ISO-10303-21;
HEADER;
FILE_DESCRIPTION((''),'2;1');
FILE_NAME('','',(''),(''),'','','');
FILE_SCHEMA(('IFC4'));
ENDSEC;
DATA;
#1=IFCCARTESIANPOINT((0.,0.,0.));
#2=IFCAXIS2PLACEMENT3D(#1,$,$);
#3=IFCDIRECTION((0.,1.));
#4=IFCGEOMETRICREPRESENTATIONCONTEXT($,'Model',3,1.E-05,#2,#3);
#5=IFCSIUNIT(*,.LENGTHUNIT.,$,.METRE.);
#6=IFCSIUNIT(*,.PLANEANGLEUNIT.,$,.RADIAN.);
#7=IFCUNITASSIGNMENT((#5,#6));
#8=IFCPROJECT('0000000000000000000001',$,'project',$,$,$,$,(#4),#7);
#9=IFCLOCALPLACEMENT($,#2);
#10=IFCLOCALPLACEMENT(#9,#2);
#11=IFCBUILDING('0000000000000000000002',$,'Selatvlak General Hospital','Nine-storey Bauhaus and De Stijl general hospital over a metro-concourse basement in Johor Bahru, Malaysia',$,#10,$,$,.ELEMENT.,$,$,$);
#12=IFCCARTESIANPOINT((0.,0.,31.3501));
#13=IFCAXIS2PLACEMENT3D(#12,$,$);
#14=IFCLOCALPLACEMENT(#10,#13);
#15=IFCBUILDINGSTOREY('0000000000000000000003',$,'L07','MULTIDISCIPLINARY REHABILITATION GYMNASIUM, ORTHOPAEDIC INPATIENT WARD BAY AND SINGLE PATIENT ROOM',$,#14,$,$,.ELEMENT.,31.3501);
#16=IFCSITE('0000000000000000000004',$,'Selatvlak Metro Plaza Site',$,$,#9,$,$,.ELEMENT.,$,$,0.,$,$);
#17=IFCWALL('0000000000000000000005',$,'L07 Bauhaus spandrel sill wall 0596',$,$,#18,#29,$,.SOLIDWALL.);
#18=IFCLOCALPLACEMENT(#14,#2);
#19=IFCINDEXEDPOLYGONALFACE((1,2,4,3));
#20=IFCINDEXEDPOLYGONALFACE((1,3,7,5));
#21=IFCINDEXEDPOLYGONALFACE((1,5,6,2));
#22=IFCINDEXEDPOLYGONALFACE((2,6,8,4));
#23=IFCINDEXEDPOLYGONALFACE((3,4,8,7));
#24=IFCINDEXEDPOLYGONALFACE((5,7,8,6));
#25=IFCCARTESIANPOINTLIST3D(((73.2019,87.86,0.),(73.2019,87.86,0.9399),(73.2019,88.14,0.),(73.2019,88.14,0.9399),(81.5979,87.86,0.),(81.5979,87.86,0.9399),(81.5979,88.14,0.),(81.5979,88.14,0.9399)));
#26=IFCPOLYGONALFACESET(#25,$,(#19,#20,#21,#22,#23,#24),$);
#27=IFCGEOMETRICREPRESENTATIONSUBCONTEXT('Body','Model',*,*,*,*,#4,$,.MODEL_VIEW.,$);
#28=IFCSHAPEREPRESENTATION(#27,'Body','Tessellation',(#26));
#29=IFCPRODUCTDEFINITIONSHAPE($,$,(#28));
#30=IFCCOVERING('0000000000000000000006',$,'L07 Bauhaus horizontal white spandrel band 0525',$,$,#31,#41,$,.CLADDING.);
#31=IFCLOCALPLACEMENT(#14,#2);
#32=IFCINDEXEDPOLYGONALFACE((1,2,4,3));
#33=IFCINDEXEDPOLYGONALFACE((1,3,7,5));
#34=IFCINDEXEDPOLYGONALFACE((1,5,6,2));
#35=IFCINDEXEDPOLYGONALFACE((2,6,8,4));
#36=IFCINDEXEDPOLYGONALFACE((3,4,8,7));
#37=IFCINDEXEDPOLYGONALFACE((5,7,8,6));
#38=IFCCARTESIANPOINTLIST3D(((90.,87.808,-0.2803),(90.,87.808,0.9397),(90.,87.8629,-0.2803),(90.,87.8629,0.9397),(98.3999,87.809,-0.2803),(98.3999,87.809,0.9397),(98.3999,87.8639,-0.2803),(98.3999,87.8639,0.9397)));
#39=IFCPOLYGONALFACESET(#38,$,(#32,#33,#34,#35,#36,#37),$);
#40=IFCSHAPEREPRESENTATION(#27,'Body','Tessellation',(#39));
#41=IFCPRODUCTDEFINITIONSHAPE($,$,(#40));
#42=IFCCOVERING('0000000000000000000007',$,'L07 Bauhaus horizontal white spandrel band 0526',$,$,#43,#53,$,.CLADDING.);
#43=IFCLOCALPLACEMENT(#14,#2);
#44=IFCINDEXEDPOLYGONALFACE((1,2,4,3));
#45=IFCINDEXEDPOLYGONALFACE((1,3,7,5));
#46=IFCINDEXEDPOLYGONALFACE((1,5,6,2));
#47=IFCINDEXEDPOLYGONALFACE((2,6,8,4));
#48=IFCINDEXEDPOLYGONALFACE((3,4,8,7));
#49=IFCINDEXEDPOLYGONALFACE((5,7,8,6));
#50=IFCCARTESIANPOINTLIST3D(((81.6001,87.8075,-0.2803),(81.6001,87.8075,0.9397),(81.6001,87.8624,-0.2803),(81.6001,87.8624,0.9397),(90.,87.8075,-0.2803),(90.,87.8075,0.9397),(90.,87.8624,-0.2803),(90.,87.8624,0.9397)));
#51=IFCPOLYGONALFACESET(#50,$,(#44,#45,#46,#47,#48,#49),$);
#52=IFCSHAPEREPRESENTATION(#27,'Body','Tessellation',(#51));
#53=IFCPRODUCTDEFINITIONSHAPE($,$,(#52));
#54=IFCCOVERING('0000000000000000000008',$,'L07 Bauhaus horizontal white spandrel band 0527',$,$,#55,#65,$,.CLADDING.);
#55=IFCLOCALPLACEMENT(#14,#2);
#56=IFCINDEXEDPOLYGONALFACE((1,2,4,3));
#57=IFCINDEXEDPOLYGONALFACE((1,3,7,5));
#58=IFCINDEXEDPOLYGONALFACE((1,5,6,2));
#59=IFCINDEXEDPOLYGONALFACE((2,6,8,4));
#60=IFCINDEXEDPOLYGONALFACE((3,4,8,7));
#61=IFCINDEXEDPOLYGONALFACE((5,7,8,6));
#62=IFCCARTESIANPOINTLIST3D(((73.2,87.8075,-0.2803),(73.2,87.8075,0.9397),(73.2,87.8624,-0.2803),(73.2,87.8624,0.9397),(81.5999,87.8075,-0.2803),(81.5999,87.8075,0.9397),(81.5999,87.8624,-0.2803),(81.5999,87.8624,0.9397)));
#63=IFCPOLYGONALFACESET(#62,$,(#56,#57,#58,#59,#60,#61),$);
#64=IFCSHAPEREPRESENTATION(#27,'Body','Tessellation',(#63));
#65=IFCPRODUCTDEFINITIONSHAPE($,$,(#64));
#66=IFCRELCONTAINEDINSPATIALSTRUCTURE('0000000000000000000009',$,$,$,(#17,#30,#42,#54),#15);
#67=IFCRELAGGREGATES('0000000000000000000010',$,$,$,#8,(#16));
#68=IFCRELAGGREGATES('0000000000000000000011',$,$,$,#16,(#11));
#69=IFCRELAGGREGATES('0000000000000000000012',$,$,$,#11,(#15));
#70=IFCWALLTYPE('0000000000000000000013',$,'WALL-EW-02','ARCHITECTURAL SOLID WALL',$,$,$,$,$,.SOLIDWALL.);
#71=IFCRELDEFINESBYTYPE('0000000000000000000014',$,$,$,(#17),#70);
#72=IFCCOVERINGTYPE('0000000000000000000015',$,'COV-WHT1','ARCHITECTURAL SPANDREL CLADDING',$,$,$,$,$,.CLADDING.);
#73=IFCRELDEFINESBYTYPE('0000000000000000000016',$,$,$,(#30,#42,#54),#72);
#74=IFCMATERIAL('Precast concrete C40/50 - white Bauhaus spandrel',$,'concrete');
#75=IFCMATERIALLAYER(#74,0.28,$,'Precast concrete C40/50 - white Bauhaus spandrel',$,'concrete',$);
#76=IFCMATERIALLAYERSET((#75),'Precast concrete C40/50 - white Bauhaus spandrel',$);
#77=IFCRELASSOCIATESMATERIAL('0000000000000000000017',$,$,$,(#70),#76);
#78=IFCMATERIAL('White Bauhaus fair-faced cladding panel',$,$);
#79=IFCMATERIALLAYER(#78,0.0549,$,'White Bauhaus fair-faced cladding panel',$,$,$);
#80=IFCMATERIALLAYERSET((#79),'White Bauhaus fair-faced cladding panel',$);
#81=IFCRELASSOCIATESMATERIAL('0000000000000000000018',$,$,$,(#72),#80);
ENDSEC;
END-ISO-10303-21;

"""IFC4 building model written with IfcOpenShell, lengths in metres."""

from ifc_helpers import new_model, si_unit, direction, frame, frame_2d, origin, origin_2d, place, context, subcontext, project, spatial, rectangle, extrude, material, layer, layer_set, type_object, element, save


model = new_model("IFC4")

# Units and contexts
model_context = context("Model", 3, precision=1e-05, world=origin(), true_north=direction((0.0, 1.0)))
body_context = subcontext(model_context, "Body", "Model", "MODEL_VIEW")
ifc_project = project(units=[si_unit("LENGTHUNIT", "METRE"), si_unit("PLANEANGLEUNIT", "RADIAN")], contexts=[model_context])

# Site, building, storey
site_placement = place(None, origin())
site = spatial("IfcSite", under=ifc_project, at=site_placement, Name="Selatvlak Metro Plaza Site", CompositionType="ELEMENT", RefElevation=0.0)
building_placement = place(site_placement, origin())
building = spatial("IfcBuilding", under=site, at=building_placement, Name="Selatvlak General Hospital", Description="Nine-storey Bauhaus and De Stijl general hospital over a metro-concourse basement in Johor Bahru, Malaysia", CompositionType="ELEMENT")
storey_placement = place(building_placement, frame((0.0, 0.0, 31.3501)))
storey = spatial("IfcBuildingStorey", under=building, at=storey_placement, Name="L07", Description="MULTIDISCIPLINARY REHABILITATION GYMNASIUM, ORTHOPAEDIC INPATIENT WARD BAY AND SINGLE PATIENT ROOM", CompositionType="ELEMENT", Elevation=31.3501)

# Wall
ifc_material_1 = material(Name="Precast concrete C40/50 - white Bauhaus spandrel", Category="concrete")
ifc_layer_1 = layer(ifc_material_1, 0.28, Name="Precast concrete C40/50 - white Bauhaus spandrel", Category="concrete")
ifc_layer_set_1 = layer_set([ifc_layer_1], Name="Precast concrete C40/50 - white Bauhaus spandrel")
wall_type = type_object("IfcWallType", Name="WALL-EW-02", Description="ARCHITECTURAL SOLID WALL", PredefinedType="SOLIDWALL", material=ifc_layer_set_1)
for number, where, z_axis, x_axis, name in (
    (1, (81.5979, 88.0, 0.0), (0.0, 0.0, 1.0), (-1.0, 0.0, 0.0), "L07 Bauhaus spandrel sill wall 0596"),
):
    element("IfcWall", number, at=place(storey_placement, frame(where, z_axis=z_axis, x_axis=x_axis)), inside=storey, type_object=wall_type, Name=name, PredefinedType="SOLIDWALL", context=body_context, shape_type="SweptSolid", body=[
        extrude(rectangle(XDim=8.396, YDim=0.28, at=frame_2d((4.198, 0.0))), origin(), (0.0, 0.0, 1.0), 0.9399),
    ])

# Coverings
ifc_material_2 = material(Name="White Bauhaus fair-faced cladding panel")
ifc_layer_2 = layer(ifc_material_2, 0.0549, Name="White Bauhaus fair-faced cladding panel")
ifc_layer_set_2 = layer_set([ifc_layer_2], Name="White Bauhaus fair-faced cladding panel")
covering_type = type_object("IfcCoveringType", Name="COV-WHT1", Description="ARCHITECTURAL SPANDREL CLADDING", PredefinedType="CLADDING", material=ifc_layer_set_2)
for number, where, z_axis, x_axis, name in (
    (2, (94.2, 87.8359, -0.2803), (0.0, 0.0, 1.0), (-1.0, -0.000122, 0.0), "L07 Bauhaus horizontal white spandrel band 0525"),
    (3, (85.8, 87.835, -0.2803), (0.0, 0.0, 1.0), (-1.0, 0.0, 0.0), "L07 Bauhaus horizontal white spandrel band 0526"),
    (4, (77.3999, 87.835, -0.2803), (0.0, 0.0, 1.0), (-1.0, 0.0, 0.0), "L07 Bauhaus horizontal white spandrel band 0527"),
):
    element("IfcCovering", number, at=place(storey_placement, frame(where, z_axis=z_axis, x_axis=x_axis)), inside=storey, type_object=covering_type, Name=name, PredefinedType="CLADDING", context=body_context, shape_type="SweptSolid", body=[
        extrude(rectangle(XDim=8.3999, YDim=0.0549, at=origin_2d()), origin(), (0.0, 0.0, 1.0), 1.22),
    ])

save(model, "model.ifc")
